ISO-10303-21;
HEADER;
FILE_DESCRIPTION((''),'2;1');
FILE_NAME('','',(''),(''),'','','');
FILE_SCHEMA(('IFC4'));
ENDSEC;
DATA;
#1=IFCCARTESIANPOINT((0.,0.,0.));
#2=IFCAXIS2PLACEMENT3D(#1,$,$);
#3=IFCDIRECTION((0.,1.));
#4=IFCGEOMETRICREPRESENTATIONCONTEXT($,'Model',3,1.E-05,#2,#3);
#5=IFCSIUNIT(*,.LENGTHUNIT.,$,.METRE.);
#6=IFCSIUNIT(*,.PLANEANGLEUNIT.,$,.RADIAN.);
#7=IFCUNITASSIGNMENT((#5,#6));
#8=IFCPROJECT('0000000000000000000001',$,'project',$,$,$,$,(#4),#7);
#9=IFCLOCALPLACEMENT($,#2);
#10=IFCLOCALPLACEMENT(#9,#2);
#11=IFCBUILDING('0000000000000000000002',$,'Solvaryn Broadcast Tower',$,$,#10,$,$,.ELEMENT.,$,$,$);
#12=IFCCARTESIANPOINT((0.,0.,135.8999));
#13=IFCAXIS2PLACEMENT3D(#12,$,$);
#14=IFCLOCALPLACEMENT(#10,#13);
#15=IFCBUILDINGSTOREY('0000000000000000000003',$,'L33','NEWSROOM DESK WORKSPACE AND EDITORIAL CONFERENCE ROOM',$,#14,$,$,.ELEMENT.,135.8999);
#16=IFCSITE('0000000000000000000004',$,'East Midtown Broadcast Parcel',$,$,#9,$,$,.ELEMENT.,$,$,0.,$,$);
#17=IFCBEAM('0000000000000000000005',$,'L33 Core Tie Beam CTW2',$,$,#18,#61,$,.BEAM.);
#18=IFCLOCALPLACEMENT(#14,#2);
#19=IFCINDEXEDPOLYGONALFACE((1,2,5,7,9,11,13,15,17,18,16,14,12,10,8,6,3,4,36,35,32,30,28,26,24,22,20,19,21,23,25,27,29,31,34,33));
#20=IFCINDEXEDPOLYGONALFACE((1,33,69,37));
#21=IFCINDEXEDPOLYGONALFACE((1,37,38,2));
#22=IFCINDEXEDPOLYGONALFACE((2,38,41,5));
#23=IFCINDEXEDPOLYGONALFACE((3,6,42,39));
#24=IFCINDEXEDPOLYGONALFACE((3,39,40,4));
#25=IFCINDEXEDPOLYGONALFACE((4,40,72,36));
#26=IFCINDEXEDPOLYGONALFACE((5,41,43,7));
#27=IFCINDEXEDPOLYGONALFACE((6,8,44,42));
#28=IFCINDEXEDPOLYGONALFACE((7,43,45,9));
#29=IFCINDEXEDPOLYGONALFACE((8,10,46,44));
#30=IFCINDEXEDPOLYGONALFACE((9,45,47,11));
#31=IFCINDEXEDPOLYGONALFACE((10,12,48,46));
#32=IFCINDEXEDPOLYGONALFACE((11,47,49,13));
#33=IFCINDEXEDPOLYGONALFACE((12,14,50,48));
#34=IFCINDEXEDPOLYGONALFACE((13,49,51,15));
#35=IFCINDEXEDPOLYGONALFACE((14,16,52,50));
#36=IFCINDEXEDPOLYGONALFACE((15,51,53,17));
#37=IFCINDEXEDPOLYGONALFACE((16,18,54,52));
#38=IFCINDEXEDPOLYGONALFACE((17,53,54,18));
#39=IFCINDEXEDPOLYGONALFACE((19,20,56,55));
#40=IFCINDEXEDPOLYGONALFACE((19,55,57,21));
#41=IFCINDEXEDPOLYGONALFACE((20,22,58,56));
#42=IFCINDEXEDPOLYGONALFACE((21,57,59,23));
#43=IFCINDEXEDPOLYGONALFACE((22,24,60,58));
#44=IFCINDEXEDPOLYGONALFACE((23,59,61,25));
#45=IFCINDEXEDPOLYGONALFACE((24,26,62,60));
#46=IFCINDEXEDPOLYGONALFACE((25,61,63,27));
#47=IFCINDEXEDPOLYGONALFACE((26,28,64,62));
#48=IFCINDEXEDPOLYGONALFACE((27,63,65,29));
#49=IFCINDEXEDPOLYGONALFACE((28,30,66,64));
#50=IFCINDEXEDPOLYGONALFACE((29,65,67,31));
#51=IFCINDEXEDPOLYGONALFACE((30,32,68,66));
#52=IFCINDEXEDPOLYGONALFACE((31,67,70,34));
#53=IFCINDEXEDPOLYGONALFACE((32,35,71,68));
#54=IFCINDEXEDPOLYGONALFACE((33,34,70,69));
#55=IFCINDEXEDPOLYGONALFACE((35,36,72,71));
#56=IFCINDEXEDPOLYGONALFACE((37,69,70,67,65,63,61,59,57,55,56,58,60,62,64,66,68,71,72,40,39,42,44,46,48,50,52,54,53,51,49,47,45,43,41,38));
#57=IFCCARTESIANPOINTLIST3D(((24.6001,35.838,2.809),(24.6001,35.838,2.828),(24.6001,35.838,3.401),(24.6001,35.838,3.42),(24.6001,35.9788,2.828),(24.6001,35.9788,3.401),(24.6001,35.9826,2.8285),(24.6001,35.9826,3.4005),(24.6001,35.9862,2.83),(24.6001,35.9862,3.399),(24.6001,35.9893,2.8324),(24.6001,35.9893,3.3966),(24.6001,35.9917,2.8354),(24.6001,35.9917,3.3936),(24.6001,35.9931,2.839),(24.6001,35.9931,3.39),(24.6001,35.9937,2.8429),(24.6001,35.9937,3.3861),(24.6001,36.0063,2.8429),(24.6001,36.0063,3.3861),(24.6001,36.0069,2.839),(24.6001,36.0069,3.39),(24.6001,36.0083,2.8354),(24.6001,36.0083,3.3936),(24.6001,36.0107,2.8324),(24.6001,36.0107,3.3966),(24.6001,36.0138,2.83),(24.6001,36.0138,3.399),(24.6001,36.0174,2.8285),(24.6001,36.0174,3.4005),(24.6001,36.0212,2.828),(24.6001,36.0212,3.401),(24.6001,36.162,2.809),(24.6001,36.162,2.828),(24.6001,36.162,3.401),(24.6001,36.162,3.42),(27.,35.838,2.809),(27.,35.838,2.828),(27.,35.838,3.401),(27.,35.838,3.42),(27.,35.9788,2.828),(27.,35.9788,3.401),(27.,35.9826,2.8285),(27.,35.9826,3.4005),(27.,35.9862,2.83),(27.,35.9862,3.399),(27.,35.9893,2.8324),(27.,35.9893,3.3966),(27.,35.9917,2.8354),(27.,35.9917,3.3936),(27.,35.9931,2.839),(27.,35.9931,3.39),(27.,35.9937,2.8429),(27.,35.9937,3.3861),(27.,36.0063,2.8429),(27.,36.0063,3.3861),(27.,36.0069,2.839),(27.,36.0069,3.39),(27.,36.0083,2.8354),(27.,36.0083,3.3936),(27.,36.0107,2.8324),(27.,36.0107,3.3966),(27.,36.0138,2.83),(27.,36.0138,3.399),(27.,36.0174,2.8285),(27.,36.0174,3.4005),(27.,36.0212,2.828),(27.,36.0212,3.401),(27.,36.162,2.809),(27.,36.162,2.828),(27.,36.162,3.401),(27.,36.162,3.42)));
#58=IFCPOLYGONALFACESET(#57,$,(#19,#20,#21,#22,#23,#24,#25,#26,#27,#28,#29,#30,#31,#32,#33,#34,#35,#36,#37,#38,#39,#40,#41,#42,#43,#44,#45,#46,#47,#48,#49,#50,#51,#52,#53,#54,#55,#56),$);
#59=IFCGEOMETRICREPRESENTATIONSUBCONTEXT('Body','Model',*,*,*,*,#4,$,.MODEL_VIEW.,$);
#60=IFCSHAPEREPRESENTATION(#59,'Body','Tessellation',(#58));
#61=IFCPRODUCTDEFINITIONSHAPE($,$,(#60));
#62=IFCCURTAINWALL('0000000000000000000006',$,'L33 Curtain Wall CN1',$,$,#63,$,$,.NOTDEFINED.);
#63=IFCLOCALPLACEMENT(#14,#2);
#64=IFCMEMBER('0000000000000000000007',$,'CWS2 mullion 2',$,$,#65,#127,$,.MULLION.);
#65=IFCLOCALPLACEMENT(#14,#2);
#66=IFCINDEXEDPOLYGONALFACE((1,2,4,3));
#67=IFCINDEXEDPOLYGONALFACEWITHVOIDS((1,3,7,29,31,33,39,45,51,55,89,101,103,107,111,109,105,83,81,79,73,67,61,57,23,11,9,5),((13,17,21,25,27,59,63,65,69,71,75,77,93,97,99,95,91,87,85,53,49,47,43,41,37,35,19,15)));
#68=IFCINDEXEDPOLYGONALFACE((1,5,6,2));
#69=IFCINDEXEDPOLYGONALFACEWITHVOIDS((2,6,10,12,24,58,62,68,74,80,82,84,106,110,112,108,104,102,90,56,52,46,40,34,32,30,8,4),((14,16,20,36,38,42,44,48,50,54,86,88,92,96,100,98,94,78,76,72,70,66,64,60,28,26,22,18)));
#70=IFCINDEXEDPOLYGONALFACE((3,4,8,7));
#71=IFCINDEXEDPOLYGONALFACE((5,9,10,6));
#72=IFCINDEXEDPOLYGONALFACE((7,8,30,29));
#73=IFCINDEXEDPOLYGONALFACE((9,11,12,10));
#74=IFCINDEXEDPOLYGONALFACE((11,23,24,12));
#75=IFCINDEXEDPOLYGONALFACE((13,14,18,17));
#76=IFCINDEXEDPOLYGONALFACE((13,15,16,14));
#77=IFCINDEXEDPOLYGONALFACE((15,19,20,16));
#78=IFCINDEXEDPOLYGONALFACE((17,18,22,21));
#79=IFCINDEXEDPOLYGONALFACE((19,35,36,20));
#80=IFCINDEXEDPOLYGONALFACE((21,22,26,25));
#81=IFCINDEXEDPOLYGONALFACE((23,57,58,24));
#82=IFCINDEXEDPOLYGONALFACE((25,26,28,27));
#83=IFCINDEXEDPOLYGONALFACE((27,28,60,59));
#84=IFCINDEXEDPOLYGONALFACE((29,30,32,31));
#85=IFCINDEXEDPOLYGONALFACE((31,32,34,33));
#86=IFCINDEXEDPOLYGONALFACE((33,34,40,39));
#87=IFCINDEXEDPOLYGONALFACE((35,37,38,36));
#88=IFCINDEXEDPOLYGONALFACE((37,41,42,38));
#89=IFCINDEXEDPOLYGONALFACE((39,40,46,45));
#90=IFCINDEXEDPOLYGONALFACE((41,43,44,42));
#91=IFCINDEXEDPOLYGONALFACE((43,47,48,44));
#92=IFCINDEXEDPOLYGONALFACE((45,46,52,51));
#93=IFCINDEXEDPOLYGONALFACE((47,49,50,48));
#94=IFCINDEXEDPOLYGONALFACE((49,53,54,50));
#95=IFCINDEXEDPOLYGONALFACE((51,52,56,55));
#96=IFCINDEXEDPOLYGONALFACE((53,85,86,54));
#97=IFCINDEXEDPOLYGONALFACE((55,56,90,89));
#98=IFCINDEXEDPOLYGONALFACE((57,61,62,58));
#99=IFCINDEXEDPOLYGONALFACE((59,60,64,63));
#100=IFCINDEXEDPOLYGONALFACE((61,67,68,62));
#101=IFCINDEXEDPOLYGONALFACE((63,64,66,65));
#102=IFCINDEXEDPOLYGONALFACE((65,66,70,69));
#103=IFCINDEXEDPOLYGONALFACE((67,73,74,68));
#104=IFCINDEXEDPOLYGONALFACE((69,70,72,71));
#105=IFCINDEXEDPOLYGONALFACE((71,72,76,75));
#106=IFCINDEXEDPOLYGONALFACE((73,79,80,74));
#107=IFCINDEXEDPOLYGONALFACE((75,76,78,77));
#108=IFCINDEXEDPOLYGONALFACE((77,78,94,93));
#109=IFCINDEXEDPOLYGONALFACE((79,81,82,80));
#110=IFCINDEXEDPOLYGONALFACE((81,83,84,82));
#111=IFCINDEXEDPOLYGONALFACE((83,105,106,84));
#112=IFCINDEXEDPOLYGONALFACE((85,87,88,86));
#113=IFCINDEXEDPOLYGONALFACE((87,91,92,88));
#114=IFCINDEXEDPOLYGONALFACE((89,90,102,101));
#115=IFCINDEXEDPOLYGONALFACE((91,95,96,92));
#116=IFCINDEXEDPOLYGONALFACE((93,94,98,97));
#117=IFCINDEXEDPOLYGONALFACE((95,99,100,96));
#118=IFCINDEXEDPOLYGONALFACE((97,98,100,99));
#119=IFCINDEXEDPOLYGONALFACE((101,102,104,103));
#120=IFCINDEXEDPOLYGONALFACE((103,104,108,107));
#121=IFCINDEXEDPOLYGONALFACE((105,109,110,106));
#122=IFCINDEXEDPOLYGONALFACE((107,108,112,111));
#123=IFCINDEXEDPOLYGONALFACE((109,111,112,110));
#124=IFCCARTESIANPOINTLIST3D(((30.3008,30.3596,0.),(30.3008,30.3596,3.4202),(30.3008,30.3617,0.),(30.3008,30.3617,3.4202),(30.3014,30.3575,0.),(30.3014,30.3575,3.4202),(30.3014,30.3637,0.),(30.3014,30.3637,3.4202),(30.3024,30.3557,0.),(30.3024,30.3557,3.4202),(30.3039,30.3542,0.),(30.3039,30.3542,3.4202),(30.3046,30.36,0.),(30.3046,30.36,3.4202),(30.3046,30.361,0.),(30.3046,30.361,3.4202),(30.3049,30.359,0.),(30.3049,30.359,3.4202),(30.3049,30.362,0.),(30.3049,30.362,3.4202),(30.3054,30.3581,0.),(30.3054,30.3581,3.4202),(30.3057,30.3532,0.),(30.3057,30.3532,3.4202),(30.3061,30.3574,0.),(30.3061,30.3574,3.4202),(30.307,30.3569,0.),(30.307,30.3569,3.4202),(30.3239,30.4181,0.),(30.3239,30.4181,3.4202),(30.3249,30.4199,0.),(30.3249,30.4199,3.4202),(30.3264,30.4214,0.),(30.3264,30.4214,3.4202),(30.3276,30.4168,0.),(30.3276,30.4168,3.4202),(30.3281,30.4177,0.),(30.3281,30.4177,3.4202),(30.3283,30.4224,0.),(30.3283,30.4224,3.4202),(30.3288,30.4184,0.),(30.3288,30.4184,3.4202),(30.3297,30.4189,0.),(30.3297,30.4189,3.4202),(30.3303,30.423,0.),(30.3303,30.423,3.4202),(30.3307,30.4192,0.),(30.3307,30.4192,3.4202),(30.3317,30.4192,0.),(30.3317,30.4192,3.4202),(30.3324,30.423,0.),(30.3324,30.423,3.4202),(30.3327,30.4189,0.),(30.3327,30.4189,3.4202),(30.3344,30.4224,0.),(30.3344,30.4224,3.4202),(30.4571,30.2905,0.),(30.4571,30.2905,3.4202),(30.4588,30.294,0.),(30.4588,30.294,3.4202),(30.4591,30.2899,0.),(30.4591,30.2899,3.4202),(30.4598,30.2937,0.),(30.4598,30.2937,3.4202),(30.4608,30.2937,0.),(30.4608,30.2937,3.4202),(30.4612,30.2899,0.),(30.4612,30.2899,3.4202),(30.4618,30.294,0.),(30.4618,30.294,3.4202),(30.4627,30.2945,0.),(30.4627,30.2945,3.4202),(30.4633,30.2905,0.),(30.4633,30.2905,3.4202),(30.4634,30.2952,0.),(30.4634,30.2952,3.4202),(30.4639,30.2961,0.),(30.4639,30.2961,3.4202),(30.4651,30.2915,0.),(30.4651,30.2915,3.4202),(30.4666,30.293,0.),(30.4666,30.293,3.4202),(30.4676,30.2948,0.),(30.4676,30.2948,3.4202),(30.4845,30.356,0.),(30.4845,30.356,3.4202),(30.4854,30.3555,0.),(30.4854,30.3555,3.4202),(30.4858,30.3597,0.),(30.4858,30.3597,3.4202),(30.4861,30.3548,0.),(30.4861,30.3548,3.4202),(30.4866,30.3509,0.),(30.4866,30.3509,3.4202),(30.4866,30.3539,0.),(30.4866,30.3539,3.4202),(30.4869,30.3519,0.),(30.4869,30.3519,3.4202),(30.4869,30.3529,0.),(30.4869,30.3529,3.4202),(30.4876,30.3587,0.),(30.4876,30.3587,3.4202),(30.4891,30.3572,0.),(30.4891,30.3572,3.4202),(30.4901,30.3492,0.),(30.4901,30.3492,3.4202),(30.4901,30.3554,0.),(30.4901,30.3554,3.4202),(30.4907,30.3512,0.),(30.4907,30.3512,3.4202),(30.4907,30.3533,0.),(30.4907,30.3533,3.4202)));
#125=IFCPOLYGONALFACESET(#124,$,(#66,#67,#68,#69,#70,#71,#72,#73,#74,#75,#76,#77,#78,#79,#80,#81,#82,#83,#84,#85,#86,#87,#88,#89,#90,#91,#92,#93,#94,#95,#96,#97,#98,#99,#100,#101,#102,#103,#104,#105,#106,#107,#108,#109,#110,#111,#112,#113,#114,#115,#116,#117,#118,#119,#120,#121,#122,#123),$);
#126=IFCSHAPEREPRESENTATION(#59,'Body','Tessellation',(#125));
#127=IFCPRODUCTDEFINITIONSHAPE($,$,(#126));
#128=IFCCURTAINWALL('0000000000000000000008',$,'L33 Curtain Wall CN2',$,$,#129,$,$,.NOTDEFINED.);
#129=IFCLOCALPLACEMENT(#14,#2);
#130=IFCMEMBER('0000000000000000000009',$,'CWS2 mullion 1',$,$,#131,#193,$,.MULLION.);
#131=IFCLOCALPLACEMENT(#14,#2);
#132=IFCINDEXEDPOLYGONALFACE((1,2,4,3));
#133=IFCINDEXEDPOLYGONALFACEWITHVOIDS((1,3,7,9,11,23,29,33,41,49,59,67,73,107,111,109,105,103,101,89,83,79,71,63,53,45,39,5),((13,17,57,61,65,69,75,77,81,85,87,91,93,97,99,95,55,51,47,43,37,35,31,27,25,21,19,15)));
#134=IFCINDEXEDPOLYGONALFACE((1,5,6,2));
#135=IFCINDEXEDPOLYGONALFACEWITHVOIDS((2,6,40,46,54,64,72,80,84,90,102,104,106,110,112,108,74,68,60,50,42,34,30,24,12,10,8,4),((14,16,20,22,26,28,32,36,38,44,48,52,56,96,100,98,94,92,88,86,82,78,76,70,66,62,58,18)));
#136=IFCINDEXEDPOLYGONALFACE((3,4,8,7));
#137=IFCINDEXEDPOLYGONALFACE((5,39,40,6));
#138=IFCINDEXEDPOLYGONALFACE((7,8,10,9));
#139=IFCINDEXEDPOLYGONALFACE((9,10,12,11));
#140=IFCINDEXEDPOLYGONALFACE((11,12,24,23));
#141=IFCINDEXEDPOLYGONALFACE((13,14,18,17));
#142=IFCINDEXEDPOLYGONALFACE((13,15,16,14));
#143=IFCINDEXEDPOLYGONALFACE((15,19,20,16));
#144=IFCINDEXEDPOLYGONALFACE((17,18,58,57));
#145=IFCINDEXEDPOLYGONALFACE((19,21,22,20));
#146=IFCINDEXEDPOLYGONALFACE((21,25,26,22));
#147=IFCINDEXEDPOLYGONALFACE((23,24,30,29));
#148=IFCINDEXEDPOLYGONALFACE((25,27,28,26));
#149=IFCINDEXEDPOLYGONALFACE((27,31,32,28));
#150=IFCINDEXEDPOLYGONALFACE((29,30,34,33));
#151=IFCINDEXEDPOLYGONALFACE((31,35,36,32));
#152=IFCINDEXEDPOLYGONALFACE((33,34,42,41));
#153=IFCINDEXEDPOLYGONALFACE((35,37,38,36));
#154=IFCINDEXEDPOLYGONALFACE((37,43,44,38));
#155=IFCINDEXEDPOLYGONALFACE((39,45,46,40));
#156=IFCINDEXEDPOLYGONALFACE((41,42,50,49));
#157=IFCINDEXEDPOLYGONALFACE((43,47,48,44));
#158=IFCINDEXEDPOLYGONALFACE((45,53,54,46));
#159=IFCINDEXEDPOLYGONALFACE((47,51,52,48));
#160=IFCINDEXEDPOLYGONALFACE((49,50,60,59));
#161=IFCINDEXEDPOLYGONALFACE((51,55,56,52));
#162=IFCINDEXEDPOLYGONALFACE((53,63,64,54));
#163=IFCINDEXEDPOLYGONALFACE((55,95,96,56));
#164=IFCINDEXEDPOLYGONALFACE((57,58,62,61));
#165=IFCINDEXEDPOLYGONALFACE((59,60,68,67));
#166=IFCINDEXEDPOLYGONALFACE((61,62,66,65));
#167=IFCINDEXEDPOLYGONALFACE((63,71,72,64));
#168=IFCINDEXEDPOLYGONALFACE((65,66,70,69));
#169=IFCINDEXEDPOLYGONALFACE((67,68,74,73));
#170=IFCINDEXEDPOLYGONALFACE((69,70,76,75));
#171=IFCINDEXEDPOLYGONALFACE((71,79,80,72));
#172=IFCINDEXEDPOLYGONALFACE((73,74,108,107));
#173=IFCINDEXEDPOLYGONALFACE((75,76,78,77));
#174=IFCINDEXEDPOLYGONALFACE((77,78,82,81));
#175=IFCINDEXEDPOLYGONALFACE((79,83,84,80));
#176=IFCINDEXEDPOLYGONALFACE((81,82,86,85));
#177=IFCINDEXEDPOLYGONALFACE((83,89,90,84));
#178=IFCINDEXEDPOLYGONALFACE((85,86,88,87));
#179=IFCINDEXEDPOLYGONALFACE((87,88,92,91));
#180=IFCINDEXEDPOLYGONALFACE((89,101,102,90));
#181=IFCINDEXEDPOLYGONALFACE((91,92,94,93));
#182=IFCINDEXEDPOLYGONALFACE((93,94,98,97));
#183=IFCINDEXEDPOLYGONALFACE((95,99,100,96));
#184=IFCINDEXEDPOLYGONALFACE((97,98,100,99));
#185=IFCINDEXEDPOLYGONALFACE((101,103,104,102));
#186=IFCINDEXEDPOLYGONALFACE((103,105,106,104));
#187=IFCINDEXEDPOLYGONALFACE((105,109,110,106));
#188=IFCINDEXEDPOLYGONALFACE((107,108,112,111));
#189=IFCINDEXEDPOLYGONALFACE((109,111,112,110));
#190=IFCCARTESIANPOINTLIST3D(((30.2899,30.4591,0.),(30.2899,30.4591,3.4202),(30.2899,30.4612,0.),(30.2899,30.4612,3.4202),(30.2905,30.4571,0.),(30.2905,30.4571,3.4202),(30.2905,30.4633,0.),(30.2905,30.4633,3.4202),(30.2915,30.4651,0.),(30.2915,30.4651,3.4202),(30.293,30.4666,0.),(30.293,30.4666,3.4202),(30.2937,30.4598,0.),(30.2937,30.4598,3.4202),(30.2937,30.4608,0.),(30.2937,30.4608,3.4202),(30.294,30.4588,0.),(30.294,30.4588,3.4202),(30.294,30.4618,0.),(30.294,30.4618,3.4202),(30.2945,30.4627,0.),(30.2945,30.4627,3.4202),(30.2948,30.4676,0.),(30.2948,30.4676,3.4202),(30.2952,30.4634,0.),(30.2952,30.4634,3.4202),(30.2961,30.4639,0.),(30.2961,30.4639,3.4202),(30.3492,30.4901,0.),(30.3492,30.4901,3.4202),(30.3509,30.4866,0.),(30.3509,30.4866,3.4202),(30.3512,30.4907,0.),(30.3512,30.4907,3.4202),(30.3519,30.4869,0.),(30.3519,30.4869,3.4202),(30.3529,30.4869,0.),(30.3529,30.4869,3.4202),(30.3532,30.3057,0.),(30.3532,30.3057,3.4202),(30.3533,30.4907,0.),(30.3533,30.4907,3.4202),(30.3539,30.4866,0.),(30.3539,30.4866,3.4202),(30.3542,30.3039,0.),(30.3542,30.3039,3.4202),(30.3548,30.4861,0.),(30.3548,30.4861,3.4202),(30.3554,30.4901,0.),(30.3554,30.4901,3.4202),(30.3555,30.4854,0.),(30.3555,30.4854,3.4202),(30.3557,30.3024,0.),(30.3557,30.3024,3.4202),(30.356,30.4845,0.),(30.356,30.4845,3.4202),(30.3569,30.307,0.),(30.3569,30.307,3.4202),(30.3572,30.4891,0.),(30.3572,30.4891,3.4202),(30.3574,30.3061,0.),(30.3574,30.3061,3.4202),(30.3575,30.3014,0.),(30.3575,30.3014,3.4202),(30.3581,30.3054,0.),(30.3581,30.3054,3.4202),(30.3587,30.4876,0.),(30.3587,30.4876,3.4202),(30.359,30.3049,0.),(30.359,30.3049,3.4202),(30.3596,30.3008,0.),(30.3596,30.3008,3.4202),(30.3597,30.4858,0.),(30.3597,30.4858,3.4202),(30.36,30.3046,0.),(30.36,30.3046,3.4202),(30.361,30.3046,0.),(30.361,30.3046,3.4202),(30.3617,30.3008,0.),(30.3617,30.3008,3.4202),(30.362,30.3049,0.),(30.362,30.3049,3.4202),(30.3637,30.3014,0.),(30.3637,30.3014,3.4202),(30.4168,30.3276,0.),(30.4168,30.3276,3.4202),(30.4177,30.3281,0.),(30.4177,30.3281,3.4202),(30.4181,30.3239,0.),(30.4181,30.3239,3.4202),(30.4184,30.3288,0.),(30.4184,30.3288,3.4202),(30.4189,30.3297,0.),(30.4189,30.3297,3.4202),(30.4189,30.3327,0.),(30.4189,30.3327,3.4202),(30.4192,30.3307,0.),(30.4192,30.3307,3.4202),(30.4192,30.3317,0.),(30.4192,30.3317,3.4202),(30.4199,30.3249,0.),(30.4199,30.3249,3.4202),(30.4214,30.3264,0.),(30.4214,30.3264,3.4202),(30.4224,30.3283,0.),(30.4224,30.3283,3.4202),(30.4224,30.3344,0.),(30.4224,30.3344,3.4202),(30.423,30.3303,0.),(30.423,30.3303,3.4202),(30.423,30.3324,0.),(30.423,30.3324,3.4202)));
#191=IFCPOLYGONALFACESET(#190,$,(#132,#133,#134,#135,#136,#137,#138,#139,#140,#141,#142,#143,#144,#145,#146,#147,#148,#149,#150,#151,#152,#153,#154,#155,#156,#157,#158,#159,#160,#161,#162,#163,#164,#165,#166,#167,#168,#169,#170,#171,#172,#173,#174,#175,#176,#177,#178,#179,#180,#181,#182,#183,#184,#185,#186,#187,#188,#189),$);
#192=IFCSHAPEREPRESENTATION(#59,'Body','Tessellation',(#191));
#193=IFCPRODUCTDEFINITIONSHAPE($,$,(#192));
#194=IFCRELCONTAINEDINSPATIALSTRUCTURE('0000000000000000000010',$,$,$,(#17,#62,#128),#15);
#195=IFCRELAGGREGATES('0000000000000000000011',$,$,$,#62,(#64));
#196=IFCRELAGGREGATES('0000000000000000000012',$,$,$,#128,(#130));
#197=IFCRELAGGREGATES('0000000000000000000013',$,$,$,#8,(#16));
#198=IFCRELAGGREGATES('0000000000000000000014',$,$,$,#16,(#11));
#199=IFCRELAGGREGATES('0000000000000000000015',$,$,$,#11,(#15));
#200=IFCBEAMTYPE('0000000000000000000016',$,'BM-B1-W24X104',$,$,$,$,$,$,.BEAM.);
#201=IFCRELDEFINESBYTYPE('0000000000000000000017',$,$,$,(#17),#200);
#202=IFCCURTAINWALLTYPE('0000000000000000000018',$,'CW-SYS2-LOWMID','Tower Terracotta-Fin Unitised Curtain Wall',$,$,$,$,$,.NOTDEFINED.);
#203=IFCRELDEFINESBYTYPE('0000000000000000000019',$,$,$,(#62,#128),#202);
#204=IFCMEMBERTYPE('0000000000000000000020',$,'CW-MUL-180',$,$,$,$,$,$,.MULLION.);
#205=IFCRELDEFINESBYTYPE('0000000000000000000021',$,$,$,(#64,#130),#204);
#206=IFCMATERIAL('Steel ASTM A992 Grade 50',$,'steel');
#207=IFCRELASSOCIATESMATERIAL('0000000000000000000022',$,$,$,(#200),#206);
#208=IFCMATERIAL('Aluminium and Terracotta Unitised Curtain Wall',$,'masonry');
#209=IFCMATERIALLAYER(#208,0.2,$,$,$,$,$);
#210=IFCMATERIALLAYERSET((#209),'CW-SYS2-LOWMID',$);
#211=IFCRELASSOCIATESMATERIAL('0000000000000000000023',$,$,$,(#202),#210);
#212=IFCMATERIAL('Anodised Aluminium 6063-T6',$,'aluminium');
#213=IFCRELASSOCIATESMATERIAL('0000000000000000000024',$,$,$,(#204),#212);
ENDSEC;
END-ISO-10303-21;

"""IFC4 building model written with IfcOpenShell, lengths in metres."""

from ifc_helpers import new_model, si_unit, direction, frame, origin, origin_2d, place, context, subcontext, project, spatial, hollow_rectangle, i_section, extrude, material, layer, layer_set, material_profile, profile_set, type_object, element, aggregate, save


model = new_model("IFC4")

# Units and contexts
model_context = context("Model", 3, precision=1e-05, world=origin(), true_north=direction((0.0, 1.0)))
body_context = subcontext(model_context, "Body", "Model", "MODEL_VIEW")
ifc_project = project(units=[si_unit("LENGTHUNIT", "METRE"), si_unit("PLANEANGLEUNIT", "RADIAN")], contexts=[model_context])

# Site, building, storey
site_placement = place(None, origin())
site = spatial("IfcSite", under=ifc_project, at=site_placement, Name="East Midtown Broadcast Parcel", CompositionType="ELEMENT", RefElevation=0.0)
building_placement = place(site_placement, origin())
building = spatial("IfcBuilding", under=site, at=building_placement, Name="Solvaryn Broadcast Tower", CompositionType="ELEMENT")
storey_placement = place(building_placement, frame((0.0, 0.0, 135.8999)))
storey = spatial("IfcBuildingStorey", under=building, at=storey_placement, Name="L33", Description="NEWSROOM DESK WORKSPACE AND EDITORIAL CONFERENCE ROOM", CompositionType="ELEMENT", Elevation=135.8999)

# Beam
ifc_material_1 = material(Name="Steel ASTM A992 Grade 50", Category="steel")
ifc_material_profile_1 = material_profile(ifc_material_1, i_section(OverallWidth=0.324, OverallDepth=0.6111, WebThickness=0.0127, FlangeThickness=0.019, FilletRadius=0.0149, at=origin_2d()))
ifc_profile_set_1 = profile_set([ifc_material_profile_1], Name="Steel ASTM A992 Grade 50")
beam_type = type_object("IfcBeamType", Name="BM-B1-W24X104", PredefinedType="BEAM", material=ifc_profile_set_1)
beam_placement = place(storey_placement, frame((24.6001, 36.0, 3.1145), z_axis=(1.0, 0.0, 0.0), x_axis=(0.0, 1.0, 0.0)))
element("IfcBeam", 1, at=beam_placement, inside=storey, type_object=beam_type, Name="L33 Core Tie Beam CTW2", PredefinedType="BEAM", context=body_context, shape_type="SweptSolid", body=[
    extrude(i_section(OverallWidth=0.324, OverallDepth=0.6111, WebThickness=0.0127, FlangeThickness=0.019, FilletRadius=0.0149, at=origin_2d()), origin(), (0.0, 0.0, 1.0), 2.3999),
])

# Curtain wall, member
ifc_material_2 = material(Name="Aluminium and Terracotta Unitised Curtain Wall", Category="masonry")
ifc_layer_1 = layer(ifc_material_2, 0.2)
ifc_layer_set_1 = layer_set([ifc_layer_1], Name="CW-SYS2-LOWMID")
curtain_wall_type = type_object("IfcCurtainWallType", Name="CW-SYS2-LOWMID", Description="Tower Terracotta-Fin Unitised Curtain Wall", PredefinedType="NOTDEFINED", material=ifc_layer_set_1)
curtain_wall_1_placement = place(storey_placement, origin())
curtain_wall_1 = element("IfcCurtainWall", 2, at=curtain_wall_1_placement, inside=storey, type_object=curtain_wall_type, Name="L33 Curtain Wall CN1", PredefinedType="NOTDEFINED")
ifc_material_3 = material(Name="Anodised Aluminium 6063-T6", Category="aluminium")
ifc_material_profile_2 = material_profile(ifc_material_3, hollow_rectangle(XDim=0.075, YDim=0.1799, WallThickness=0.0039, InnerFilletRadius=0.0039, OuterFilletRadius=0.0081, at=origin_2d()))
ifc_profile_set_2 = profile_set([ifc_material_profile_2], Name="Anodised Aluminium 6063-T6")
member_type_1 = type_object("IfcMemberType", Name="CW-MUL-180", PredefinedType="MULLION", material=ifc_profile_set_2)
member_1_placement = place(storey_placement, frame((30.3958, 30.3564, 0.0), z_axis=(0.0, 0.0, 1.0), x_axis=(-0.382646, -0.923895, 0.0)))
member_1 = element("IfcMember", 3, at=member_1_placement, type_object=member_type_1, Name="CWS2 mullion 2", PredefinedType="MULLION", context=body_context, shape_type="SweptSolid", body=[
    extrude(hollow_rectangle(XDim=0.075, YDim=0.1799, WallThickness=0.0039, InnerFilletRadius=0.0039, OuterFilletRadius=0.0081, at=origin_2d()), origin(), (0.0, 0.0, 1.0), 3.4202),
])

# Curtain wall, member
curtain_wall_2_placement = place(storey_placement, origin())
curtain_wall_2 = element("IfcCurtainWall", 4, at=curtain_wall_2_placement, inside=storey, type_object=curtain_wall_type, Name="L33 Curtain Wall CN2", PredefinedType="NOTDEFINED")
member_2_placement = place(storey_placement, frame((30.3564, 30.3958, 0.0), z_axis=(0.0, 0.0, 1.0), x_axis=(-0.923895, -0.382646, 0.0)))
member_2 = element("IfcMember", 5, at=member_2_placement, type_object=member_type_1, Name="CWS2 mullion 1", PredefinedType="MULLION", context=body_context, shape_type="SweptSolid", body=[
    extrude(hollow_rectangle(XDim=0.075, YDim=0.1799, WallThickness=0.0039, InnerFilletRadius=0.0039, OuterFilletRadius=0.0081, at=origin_2d()), origin(), (0.0, 0.0, 1.0), 3.4202),
])

aggregate(curtain_wall_1, [member_1])
aggregate(curtain_wall_2, [member_2])

save(model, "model.ifc")
